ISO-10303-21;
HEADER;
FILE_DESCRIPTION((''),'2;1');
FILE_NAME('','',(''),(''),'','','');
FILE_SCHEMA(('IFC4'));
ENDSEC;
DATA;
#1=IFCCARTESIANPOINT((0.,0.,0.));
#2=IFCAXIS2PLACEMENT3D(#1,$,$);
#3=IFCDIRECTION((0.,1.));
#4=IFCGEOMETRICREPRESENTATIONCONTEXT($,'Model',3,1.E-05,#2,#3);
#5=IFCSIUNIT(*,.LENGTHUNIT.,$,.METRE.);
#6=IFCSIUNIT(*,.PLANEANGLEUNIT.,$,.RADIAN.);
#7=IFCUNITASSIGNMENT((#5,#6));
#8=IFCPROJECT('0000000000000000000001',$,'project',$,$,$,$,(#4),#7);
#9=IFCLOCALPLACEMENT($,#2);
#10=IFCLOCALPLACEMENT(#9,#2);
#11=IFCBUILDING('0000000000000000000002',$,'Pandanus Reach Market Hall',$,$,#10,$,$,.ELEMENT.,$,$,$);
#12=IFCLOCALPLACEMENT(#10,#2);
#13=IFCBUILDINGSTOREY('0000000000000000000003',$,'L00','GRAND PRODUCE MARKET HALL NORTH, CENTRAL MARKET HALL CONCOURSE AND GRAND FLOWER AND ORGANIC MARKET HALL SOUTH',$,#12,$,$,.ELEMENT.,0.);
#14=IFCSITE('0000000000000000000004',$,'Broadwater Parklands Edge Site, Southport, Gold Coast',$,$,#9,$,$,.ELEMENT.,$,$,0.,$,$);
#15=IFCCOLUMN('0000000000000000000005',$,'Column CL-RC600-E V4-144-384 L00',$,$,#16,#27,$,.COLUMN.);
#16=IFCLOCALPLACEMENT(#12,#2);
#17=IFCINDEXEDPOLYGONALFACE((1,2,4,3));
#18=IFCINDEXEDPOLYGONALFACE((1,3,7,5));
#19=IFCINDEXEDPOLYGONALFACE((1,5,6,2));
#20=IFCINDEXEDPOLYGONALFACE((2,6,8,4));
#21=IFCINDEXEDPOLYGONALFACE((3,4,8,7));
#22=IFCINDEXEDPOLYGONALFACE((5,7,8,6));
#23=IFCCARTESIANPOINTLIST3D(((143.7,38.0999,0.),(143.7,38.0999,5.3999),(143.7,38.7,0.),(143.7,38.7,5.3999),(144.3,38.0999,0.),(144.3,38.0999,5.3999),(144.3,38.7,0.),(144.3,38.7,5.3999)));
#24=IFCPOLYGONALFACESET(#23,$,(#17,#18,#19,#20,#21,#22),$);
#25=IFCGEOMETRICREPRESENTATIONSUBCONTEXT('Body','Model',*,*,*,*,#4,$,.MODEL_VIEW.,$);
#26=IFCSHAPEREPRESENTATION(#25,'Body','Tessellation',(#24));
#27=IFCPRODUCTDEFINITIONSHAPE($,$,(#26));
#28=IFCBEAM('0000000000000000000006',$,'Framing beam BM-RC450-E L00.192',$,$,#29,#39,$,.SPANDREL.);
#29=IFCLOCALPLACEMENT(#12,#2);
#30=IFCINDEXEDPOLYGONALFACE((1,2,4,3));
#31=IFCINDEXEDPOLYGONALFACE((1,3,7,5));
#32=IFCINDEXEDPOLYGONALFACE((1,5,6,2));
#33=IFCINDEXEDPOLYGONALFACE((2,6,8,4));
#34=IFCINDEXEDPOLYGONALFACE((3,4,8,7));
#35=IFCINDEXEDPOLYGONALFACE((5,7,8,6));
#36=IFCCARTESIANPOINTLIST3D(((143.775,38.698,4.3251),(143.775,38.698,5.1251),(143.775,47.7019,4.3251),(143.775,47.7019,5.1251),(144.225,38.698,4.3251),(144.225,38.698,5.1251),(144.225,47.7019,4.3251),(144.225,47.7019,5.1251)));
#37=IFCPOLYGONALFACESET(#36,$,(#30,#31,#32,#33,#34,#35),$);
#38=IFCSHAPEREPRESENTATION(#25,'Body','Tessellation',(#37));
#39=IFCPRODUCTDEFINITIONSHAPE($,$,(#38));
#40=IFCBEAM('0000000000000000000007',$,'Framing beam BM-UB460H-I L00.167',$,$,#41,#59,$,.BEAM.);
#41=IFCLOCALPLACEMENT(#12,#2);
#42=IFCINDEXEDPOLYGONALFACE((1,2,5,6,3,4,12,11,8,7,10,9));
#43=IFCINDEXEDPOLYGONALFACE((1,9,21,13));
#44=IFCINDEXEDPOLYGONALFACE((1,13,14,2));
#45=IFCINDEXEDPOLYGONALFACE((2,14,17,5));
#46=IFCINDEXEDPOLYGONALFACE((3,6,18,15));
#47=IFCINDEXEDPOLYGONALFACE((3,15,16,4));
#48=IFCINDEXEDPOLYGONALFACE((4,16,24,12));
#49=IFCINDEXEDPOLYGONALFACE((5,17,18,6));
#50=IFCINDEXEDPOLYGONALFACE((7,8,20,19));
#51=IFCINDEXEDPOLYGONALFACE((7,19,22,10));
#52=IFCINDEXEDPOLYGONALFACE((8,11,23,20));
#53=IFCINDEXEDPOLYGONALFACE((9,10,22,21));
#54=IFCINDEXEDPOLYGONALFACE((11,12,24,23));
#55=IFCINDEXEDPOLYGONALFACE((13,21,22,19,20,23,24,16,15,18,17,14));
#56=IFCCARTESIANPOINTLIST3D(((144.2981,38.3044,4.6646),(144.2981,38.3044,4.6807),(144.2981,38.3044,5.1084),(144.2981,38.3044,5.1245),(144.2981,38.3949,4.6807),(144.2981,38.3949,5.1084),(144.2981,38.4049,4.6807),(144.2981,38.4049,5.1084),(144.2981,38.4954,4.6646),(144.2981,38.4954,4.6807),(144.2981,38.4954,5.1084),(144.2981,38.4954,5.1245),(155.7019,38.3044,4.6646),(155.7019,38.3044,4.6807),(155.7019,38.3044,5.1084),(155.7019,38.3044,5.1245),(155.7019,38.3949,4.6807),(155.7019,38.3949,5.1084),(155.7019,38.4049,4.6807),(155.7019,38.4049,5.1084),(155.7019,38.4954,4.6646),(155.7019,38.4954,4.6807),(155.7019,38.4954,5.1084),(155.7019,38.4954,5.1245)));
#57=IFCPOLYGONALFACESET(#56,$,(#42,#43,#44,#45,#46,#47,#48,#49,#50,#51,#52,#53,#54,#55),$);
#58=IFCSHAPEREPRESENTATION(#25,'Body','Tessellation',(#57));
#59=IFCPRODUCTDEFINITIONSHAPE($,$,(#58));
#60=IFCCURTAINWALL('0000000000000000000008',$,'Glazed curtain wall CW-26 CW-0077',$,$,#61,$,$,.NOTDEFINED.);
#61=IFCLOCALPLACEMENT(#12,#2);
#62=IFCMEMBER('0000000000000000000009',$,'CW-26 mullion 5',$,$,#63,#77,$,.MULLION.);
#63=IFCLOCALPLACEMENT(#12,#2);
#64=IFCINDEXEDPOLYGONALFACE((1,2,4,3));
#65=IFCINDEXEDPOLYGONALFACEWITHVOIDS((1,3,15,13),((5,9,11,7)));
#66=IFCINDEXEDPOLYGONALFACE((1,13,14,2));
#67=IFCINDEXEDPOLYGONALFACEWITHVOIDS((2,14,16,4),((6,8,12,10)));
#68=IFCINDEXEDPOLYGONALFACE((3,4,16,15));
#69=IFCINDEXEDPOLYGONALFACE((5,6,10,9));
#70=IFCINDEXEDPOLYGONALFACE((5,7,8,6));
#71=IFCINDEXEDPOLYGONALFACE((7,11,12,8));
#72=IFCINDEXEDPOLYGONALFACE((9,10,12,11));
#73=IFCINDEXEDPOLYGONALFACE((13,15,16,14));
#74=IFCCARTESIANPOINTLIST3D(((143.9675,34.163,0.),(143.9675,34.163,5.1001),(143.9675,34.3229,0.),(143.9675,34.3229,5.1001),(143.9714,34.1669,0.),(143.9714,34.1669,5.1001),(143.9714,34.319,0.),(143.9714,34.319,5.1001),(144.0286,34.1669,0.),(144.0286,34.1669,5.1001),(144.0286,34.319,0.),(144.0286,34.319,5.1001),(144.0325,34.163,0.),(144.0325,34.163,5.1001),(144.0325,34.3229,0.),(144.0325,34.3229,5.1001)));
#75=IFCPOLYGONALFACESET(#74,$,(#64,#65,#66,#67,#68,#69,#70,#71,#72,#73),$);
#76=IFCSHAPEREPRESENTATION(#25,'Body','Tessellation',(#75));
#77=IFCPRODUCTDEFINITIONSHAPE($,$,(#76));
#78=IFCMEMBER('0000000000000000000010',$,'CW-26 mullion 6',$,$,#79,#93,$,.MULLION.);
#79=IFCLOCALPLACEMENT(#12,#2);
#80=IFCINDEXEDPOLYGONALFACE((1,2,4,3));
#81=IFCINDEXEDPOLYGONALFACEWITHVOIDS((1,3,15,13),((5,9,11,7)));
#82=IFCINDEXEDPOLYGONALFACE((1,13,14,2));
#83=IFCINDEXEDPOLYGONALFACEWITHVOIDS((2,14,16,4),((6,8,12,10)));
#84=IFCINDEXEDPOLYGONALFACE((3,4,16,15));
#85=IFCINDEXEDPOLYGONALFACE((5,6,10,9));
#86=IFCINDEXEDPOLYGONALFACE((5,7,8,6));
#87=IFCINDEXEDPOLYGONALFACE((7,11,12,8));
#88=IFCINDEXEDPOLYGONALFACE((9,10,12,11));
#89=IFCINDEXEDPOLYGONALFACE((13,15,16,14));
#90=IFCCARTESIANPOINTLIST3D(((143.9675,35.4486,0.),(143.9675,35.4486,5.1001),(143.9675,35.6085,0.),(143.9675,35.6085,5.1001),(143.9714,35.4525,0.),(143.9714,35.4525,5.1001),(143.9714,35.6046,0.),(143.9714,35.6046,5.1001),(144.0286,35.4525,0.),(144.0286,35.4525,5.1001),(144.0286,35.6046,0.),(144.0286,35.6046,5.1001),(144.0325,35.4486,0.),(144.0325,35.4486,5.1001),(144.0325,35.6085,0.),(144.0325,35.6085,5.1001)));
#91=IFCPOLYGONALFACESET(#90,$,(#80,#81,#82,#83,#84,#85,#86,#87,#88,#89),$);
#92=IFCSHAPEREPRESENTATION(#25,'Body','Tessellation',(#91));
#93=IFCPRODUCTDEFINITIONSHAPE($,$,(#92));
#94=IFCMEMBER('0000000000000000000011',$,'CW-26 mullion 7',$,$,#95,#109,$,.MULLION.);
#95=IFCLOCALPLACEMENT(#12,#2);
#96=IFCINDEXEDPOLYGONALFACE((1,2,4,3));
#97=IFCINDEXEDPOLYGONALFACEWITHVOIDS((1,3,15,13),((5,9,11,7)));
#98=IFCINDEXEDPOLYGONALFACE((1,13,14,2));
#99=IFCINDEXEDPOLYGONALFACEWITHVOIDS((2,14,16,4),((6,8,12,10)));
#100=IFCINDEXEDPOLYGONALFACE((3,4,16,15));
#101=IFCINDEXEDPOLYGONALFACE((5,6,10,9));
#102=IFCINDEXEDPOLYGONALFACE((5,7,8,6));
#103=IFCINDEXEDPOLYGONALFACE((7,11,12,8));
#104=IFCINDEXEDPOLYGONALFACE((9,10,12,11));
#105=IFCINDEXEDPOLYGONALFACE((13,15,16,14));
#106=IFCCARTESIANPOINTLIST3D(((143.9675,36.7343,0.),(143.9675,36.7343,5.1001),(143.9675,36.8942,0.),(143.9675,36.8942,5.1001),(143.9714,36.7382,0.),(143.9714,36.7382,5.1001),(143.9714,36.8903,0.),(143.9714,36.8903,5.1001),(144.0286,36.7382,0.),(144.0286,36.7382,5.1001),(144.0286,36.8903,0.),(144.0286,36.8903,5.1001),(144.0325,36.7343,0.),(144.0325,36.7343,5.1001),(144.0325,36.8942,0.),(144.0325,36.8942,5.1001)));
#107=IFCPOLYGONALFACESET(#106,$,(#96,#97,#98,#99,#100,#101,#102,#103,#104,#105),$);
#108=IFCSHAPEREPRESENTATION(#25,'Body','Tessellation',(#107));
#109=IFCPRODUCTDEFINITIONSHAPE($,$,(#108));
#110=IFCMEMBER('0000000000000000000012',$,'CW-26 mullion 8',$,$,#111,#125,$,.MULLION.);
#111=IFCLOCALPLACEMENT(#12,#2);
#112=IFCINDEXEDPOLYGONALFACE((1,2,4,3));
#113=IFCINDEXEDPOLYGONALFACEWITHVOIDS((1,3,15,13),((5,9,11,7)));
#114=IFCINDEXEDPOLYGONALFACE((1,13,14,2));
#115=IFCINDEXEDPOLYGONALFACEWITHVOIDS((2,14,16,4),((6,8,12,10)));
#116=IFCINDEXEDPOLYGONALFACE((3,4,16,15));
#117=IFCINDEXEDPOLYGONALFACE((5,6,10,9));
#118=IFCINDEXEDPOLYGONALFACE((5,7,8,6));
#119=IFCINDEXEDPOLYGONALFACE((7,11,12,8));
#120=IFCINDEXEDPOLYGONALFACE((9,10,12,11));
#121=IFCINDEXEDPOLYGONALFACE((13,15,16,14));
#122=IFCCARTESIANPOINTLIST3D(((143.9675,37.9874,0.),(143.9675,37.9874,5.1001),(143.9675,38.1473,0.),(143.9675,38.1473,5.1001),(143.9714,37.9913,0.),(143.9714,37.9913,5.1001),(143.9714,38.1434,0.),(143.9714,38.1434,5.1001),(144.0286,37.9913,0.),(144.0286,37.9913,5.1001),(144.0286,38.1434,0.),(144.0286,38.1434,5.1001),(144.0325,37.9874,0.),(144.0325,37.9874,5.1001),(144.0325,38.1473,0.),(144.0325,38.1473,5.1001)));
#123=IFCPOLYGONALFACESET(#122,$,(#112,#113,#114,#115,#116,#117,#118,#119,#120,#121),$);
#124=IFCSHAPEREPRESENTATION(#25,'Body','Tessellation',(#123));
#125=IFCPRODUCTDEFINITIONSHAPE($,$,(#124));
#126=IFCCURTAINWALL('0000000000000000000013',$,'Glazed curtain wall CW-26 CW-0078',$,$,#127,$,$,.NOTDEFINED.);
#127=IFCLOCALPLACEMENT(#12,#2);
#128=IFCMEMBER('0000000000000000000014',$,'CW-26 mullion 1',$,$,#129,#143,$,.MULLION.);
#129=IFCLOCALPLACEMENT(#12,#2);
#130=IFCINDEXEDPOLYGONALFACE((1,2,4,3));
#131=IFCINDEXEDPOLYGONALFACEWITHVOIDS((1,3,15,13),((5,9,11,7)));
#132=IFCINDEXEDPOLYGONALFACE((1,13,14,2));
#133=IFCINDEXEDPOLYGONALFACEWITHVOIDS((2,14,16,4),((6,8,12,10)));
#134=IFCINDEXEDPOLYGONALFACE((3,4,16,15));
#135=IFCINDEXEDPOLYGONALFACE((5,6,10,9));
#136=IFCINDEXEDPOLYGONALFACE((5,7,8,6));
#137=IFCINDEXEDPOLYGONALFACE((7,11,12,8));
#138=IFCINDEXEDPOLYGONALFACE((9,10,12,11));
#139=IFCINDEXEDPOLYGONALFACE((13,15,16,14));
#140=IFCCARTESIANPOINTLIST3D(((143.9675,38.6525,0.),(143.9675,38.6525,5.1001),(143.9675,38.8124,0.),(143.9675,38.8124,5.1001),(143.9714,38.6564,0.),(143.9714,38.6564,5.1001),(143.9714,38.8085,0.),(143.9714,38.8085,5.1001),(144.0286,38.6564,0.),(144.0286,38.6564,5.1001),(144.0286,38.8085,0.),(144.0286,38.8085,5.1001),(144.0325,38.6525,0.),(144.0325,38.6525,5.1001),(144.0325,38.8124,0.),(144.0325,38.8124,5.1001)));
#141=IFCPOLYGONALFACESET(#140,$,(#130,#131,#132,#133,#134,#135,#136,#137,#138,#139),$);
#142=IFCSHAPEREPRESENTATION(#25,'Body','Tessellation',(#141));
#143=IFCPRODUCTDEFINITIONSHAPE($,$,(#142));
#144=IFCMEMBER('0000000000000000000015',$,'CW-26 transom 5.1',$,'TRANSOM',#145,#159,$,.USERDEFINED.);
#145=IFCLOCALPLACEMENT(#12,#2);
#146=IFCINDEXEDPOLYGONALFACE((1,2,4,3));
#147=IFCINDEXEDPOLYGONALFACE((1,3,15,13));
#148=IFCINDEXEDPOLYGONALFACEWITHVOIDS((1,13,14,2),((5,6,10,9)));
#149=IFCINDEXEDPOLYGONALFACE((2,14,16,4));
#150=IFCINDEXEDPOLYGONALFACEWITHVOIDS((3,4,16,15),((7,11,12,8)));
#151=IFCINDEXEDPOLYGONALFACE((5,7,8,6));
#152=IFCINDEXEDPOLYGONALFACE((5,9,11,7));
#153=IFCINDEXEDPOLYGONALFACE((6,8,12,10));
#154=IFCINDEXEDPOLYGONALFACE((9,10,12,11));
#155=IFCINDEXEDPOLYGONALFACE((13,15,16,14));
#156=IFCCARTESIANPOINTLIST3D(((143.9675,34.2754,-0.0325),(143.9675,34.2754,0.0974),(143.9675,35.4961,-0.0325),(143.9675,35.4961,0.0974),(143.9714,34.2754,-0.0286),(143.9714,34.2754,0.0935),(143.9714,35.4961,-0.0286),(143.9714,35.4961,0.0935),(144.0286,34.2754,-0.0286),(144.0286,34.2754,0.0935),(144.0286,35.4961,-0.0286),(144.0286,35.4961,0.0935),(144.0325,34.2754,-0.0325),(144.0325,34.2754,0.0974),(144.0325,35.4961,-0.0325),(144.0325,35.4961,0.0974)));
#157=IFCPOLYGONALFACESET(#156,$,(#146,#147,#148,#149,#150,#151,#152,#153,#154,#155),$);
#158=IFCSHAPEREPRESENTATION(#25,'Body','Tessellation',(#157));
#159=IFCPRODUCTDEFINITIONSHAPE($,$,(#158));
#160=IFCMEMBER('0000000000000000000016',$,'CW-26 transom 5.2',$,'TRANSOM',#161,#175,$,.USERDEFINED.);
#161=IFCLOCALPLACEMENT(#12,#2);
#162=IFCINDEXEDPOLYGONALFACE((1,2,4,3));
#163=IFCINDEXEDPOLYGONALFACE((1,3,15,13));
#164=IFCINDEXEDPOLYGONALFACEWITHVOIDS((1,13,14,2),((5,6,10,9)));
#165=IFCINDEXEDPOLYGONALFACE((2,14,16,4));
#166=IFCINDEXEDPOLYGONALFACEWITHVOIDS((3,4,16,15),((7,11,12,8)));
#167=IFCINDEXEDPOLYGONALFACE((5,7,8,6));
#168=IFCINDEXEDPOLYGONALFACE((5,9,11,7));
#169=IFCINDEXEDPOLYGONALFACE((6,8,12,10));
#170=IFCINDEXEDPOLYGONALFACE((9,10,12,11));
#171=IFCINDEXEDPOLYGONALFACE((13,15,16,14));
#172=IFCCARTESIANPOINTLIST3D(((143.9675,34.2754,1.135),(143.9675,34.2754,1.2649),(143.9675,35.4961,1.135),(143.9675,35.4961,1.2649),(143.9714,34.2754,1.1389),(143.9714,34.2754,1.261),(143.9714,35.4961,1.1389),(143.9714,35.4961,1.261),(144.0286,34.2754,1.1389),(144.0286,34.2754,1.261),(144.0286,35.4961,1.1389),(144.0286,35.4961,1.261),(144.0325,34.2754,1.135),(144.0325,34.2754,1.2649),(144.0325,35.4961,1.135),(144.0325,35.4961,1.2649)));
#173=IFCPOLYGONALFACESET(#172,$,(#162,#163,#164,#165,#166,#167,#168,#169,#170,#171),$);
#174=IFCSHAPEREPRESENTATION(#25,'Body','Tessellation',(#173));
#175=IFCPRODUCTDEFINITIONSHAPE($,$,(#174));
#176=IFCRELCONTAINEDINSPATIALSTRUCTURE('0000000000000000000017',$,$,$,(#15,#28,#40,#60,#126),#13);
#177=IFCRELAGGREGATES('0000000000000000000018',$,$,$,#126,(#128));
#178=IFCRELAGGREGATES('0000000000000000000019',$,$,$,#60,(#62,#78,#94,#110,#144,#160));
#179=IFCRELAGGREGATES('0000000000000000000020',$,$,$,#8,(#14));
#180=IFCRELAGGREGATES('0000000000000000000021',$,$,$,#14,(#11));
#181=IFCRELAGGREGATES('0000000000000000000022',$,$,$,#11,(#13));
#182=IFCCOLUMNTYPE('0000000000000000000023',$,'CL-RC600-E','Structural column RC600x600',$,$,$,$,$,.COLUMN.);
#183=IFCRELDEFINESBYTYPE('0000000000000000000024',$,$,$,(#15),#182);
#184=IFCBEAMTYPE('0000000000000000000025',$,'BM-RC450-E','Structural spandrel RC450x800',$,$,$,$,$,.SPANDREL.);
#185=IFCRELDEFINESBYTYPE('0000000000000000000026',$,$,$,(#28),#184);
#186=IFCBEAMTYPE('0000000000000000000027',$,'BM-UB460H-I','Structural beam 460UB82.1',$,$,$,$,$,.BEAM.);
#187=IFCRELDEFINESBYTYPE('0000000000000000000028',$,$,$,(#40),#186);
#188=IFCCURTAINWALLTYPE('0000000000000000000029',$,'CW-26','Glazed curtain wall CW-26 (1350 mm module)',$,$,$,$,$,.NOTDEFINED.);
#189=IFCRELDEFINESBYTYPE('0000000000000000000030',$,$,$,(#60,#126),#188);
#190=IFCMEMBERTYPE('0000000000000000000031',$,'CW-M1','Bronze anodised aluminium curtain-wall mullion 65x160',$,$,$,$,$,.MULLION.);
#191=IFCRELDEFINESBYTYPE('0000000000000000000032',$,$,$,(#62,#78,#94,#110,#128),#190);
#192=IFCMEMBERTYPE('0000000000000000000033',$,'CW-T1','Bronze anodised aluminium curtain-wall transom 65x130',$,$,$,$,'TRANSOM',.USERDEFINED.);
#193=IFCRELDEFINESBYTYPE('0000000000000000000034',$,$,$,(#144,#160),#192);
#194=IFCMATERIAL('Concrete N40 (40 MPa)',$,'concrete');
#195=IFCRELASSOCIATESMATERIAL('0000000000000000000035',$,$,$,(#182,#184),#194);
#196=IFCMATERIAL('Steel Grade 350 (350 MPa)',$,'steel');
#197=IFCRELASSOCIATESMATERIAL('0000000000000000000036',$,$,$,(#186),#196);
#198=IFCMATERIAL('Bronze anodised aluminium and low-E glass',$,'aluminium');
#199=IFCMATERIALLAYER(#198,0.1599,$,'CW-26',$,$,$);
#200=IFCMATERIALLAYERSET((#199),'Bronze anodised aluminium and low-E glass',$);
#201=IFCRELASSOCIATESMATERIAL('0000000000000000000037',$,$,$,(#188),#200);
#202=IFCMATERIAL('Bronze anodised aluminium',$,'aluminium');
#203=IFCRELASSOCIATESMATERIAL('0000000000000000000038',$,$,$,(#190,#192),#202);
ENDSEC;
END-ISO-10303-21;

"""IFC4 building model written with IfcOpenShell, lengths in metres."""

from ifc_helpers import new_model, si_unit, direction, frame, origin, origin_2d, place, context, subcontext, project, spatial, rectangle, hollow_rectangle, i_section, extrude, material, layer, layer_set, material_profile, profile_set, type_object, element, aggregate, save


model = new_model("IFC4")

# Units and contexts
model_context = context("Model", 3, precision=1e-05, world=origin(), true_north=direction((0.0, 1.0)))
body_context = subcontext(model_context, "Body", "Model", "MODEL_VIEW")
ifc_project = project(units=[si_unit("LENGTHUNIT", "METRE"), si_unit("PLANEANGLEUNIT", "RADIAN")], contexts=[model_context])

# Site, building, storey
site_placement = place(None, origin())
site = spatial("IfcSite", under=ifc_project, at=site_placement, Name="Broadwater Parklands Edge Site, Southport, Gold Coast", CompositionType="ELEMENT", RefElevation=0.0)
building_placement = place(site_placement, origin())
building = spatial("IfcBuilding", under=site, at=building_placement, Name="Pandanus Reach Market Hall", CompositionType="ELEMENT")
storey_placement = place(building_placement, origin())
storey = spatial("IfcBuildingStorey", under=building, at=storey_placement, Name="L00", Description="GRAND PRODUCE MARKET HALL NORTH, CENTRAL MARKET HALL CONCOURSE AND GRAND FLOWER AND ORGANIC MARKET HALL SOUTH", CompositionType="ELEMENT", Elevation=0.0)

# Column
ifc_material_1 = material(Name="Concrete N40 (40 MPa)", Category="concrete")
ifc_material_profile_1 = material_profile(ifc_material_1, rectangle(XDim=0.6001, YDim=0.6001, at=origin_2d()), Name="RC600x600", Category="LoadBearing")
ifc_profile_set_1 = profile_set([ifc_material_profile_1], Name="Concrete N40 (40 MPa)")
column_type = type_object("IfcColumnType", Name="CL-RC600-E", Description="Structural column RC600x600", PredefinedType="COLUMN", material=ifc_profile_set_1)
column_placement = place(storey_placement, frame((144.0, 38.3999, 0.0), z_axis=(0.0, 0.0, 1.0), x_axis=(1.0, 0.0, 0.0)))
element("IfcColumn", 1, at=column_placement, inside=storey, type_object=column_type, Name="Column CL-RC600-E V4-144-384 L00", PredefinedType="COLUMN", context=body_context, shape_type="SweptSolid", body=[
    extrude(rectangle(XDim=0.6001, YDim=0.6001, at=origin_2d()), origin(), (0.0, 0.0, 1.0), 5.3999),
])

# Beams
ifc_material_profile_2 = material_profile(ifc_material_1, rectangle(XDim=0.45, YDim=0.8, at=origin_2d()), Name="RC450x800", Category="LoadBearing")
ifc_profile_set_2 = profile_set([ifc_material_profile_2], Name="Concrete N40 (40 MPa)")
beam_type_1 = type_object("IfcBeamType", Name="BM-RC450-E", Description="Structural spandrel RC450x800", PredefinedType="SPANDREL", material=ifc_profile_set_2)
beam_1_placement = place(storey_placement, frame((144.0, 38.698, 4.7251), z_axis=(0.0, 1.0, 0.0), x_axis=(-1.0, 0.0, 0.0)))
element("IfcBeam", 2, at=beam_1_placement, inside=storey, type_object=beam_type_1, Name="Framing beam BM-RC450-E L00.192", PredefinedType="SPANDREL", context=body_context, shape_type="SweptSolid", body=[
    extrude(rectangle(XDim=0.45, YDim=0.8, at=origin_2d()), origin(), (0.0, 0.0, 1.0), 9.0039),
])
ifc_material_2 = material(Name="Steel Grade 350 (350 MPa)", Category="steel")
ifc_material_profile_3 = material_profile(ifc_material_2, i_section(OverallWidth=0.1909, OverallDepth=0.46, WebThickness=0.01, FlangeThickness=0.0161, at=origin_2d()), Name="460UB82.1", Category="LoadBearing")
ifc_profile_set_3 = profile_set([ifc_material_profile_3], Name="Steel Grade 350 (350 MPa)")
beam_type_2 = type_object("IfcBeamType", Name="BM-UB460H-I", Description="Structural beam 460UB82.1", PredefinedType="BEAM", material=ifc_profile_set_3)
beam_2_placement = place(storey_placement, frame((144.2981, 38.3999, 4.8945), z_axis=(1.0, 0.0, 0.0), x_axis=(0.0, 1.0, 0.0)))
element("IfcBeam", 3, at=beam_2_placement, inside=storey, type_object=beam_type_2, Name="Framing beam BM-UB460H-I L00.167", PredefinedType="BEAM", context=body_context, shape_type="SweptSolid", body=[
    extrude(i_section(OverallWidth=0.1909, OverallDepth=0.46, WebThickness=0.01, FlangeThickness=0.0161, at=origin_2d()), origin(), (0.0, 0.0, 1.0), 11.4038),
])

# Curtain wall, members
ifc_material_3 = material(Name="Bronze anodised aluminium and low-E glass", Category="aluminium")
ifc_layer_1 = layer(ifc_material_3, 0.1599, Name="CW-26")
ifc_layer_set_1 = layer_set([ifc_layer_1], Name="Bronze anodised aluminium and low-E glass")
curtain_wall_type = type_object("IfcCurtainWallType", Name="CW-26", Description="Glazed curtain wall CW-26 (1350 mm module)", PredefinedType="NOTDEFINED", material=ifc_layer_set_1)
curtain_wall_1_placement = place(storey_placement, origin())
curtain_wall_1 = element("IfcCurtainWall", 4, at=curtain_wall_1_placement, inside=storey, type_object=curtain_wall_type, Name="Glazed curtain wall CW-26 CW-0077", PredefinedType="NOTDEFINED")
ifc_material_4 = material(Name="Bronze anodised aluminium", Category="aluminium")
ifc_material_profile_4 = material_profile(ifc_material_4, hollow_rectangle(XDim=0.0649, YDim=0.1599, WallThickness=0.0039, at=origin_2d()), Name="ALU65x160", Category="LoadBearing")
ifc_profile_set_4 = profile_set([ifc_material_profile_4], Name="Bronze anodised aluminium")
member_type_1 = type_object("IfcMemberType", Name="CW-M1", Description="Bronze anodised aluminium curtain-wall mullion 65x160", PredefinedType="MULLION", material=ifc_profile_set_4)
member_1_placement = place(storey_placement, frame((144.0, 34.2429, 0.0), z_axis=(0.0, 0.0, 1.0), x_axis=(-1.0, 0.0, 0.0)))
member_1 = element("IfcMember", 5, at=member_1_placement, type_object=member_type_1, Name="CW-26 mullion 5", PredefinedType="MULLION", context=body_context, shape_type="SweptSolid", body=[
    extrude(hollow_rectangle(XDim=0.0649, YDim=0.1599, WallThickness=0.0039, at=origin_2d()), origin(), (0.0, 0.0, 1.0), 5.1001),
])
member_2_placement = place(storey_placement, frame((144.0, 35.5286, 0.0), z_axis=(0.0, 0.0, 1.0), x_axis=(-1.0, 0.0, 0.0)))
member_2 = element("IfcMember", 6, at=member_2_placement, type_object=member_type_1, Name="CW-26 mullion 6", PredefinedType="MULLION", context=body_context, shape_type="SweptSolid", body=[
    extrude(hollow_rectangle(XDim=0.0649, YDim=0.1599, WallThickness=0.0039, at=origin_2d()), origin(), (0.0, 0.0, 1.0), 5.1001),
])
member_3_placement = place(storey_placement, frame((144.0, 36.8142, 0.0), z_axis=(0.0, 0.0, 1.0), x_axis=(-1.0, 0.0, 0.0)))
member_3 = element("IfcMember", 7, at=member_3_placement, type_object=member_type_1, Name="CW-26 mullion 7", PredefinedType="MULLION", context=body_context, shape_type="SweptSolid", body=[
    extrude(hollow_rectangle(XDim=0.0649, YDim=0.1599, WallThickness=0.0039, at=origin_2d()), origin(), (0.0, 0.0, 1.0), 5.1001),
])
member_4_placement = place(storey_placement, frame((144.0, 38.0674, 0.0), z_axis=(0.0, 0.0, 1.0), x_axis=(-1.0, 0.0, 0.0)))
member_4 = element("IfcMember", 8, at=member_4_placement, type_object=member_type_1, Name="CW-26 mullion 8", PredefinedType="MULLION", context=body_context, shape_type="SweptSolid", body=[
    extrude(hollow_rectangle(XDim=0.0649, YDim=0.1599, WallThickness=0.0039, at=origin_2d()), origin(), (0.0, 0.0, 1.0), 5.1001),
])

# Curtain wall, member
curtain_wall_2_placement = place(storey_placement, origin())
curtain_wall_2 = element("IfcCurtainWall", 9, at=curtain_wall_2_placement, inside=storey, type_object=curtain_wall_type, Name="Glazed curtain wall CW-26 CW-0078", PredefinedType="NOTDEFINED")
member_5_placement = place(storey_placement, frame((144.0, 38.7324, 0.0), z_axis=(0.0, 0.0, 1.0), x_axis=(-1.0, 0.0, 0.0)))
member_5 = element("IfcMember", 10, at=member_5_placement, type_object=member_type_1, Name="CW-26 mullion 1", PredefinedType="MULLION", context=body_context, shape_type="SweptSolid", body=[
    extrude(hollow_rectangle(XDim=0.0649, YDim=0.1599, WallThickness=0.0039, at=origin_2d()), origin(), (0.0, 0.0, 1.0), 5.1001),
])

# Members
ifc_material_profile_5 = material_profile(ifc_material_4, hollow_rectangle(XDim=0.0649, YDim=0.1299, WallThickness=0.0039, at=origin_2d()), Name="ALU65x130", Category="LoadBearing")
ifc_profile_set_5 = profile_set([ifc_material_profile_5], Name="Bronze anodised aluminium")
member_type_2 = type_object("IfcMemberType", Name="CW-T1", Description="Bronze anodised aluminium curtain-wall transom 65x130", ElementType="TRANSOM", PredefinedType="USERDEFINED", material=ifc_profile_set_5)
member_6_placement = place(storey_placement, frame((144.0, 34.2754, 0.0325), z_axis=(0.0, 1.0, 0.0), x_axis=(-1.0, 0.0, 0.0)))
member_6 = element("IfcMember", 11, at=member_6_placement, type_object=member_type_2, Name="CW-26 transom 5.1", ObjectType="TRANSOM", PredefinedType="USERDEFINED", context=body_context, shape_type="SweptSolid", body=[
    extrude(hollow_rectangle(XDim=0.0649, YDim=0.1299, WallThickness=0.0039, at=origin_2d()), origin(), (0.0, 0.0, 1.0), 1.2207),
])
member_7_placement = place(storey_placement, frame((144.0, 34.2754, 1.2), z_axis=(0.0, 1.0, 0.0), x_axis=(-1.0, 0.0, 0.0)))
member_7 = element("IfcMember", 12, at=member_7_placement, type_object=member_type_2, Name="CW-26 transom 5.2", ObjectType="TRANSOM", PredefinedType="USERDEFINED", context=body_context, shape_type="SweptSolid", body=[
    extrude(hollow_rectangle(XDim=0.0649, YDim=0.1299, WallThickness=0.0039, at=origin_2d()), origin(), (0.0, 0.0, 1.0), 1.2207),
])
aggregate(curtain_wall_2, [member_5])

aggregate(curtain_wall_1, [member_1, member_2, member_3, member_4, member_6, member_7])

save(model, "model.ifc")
